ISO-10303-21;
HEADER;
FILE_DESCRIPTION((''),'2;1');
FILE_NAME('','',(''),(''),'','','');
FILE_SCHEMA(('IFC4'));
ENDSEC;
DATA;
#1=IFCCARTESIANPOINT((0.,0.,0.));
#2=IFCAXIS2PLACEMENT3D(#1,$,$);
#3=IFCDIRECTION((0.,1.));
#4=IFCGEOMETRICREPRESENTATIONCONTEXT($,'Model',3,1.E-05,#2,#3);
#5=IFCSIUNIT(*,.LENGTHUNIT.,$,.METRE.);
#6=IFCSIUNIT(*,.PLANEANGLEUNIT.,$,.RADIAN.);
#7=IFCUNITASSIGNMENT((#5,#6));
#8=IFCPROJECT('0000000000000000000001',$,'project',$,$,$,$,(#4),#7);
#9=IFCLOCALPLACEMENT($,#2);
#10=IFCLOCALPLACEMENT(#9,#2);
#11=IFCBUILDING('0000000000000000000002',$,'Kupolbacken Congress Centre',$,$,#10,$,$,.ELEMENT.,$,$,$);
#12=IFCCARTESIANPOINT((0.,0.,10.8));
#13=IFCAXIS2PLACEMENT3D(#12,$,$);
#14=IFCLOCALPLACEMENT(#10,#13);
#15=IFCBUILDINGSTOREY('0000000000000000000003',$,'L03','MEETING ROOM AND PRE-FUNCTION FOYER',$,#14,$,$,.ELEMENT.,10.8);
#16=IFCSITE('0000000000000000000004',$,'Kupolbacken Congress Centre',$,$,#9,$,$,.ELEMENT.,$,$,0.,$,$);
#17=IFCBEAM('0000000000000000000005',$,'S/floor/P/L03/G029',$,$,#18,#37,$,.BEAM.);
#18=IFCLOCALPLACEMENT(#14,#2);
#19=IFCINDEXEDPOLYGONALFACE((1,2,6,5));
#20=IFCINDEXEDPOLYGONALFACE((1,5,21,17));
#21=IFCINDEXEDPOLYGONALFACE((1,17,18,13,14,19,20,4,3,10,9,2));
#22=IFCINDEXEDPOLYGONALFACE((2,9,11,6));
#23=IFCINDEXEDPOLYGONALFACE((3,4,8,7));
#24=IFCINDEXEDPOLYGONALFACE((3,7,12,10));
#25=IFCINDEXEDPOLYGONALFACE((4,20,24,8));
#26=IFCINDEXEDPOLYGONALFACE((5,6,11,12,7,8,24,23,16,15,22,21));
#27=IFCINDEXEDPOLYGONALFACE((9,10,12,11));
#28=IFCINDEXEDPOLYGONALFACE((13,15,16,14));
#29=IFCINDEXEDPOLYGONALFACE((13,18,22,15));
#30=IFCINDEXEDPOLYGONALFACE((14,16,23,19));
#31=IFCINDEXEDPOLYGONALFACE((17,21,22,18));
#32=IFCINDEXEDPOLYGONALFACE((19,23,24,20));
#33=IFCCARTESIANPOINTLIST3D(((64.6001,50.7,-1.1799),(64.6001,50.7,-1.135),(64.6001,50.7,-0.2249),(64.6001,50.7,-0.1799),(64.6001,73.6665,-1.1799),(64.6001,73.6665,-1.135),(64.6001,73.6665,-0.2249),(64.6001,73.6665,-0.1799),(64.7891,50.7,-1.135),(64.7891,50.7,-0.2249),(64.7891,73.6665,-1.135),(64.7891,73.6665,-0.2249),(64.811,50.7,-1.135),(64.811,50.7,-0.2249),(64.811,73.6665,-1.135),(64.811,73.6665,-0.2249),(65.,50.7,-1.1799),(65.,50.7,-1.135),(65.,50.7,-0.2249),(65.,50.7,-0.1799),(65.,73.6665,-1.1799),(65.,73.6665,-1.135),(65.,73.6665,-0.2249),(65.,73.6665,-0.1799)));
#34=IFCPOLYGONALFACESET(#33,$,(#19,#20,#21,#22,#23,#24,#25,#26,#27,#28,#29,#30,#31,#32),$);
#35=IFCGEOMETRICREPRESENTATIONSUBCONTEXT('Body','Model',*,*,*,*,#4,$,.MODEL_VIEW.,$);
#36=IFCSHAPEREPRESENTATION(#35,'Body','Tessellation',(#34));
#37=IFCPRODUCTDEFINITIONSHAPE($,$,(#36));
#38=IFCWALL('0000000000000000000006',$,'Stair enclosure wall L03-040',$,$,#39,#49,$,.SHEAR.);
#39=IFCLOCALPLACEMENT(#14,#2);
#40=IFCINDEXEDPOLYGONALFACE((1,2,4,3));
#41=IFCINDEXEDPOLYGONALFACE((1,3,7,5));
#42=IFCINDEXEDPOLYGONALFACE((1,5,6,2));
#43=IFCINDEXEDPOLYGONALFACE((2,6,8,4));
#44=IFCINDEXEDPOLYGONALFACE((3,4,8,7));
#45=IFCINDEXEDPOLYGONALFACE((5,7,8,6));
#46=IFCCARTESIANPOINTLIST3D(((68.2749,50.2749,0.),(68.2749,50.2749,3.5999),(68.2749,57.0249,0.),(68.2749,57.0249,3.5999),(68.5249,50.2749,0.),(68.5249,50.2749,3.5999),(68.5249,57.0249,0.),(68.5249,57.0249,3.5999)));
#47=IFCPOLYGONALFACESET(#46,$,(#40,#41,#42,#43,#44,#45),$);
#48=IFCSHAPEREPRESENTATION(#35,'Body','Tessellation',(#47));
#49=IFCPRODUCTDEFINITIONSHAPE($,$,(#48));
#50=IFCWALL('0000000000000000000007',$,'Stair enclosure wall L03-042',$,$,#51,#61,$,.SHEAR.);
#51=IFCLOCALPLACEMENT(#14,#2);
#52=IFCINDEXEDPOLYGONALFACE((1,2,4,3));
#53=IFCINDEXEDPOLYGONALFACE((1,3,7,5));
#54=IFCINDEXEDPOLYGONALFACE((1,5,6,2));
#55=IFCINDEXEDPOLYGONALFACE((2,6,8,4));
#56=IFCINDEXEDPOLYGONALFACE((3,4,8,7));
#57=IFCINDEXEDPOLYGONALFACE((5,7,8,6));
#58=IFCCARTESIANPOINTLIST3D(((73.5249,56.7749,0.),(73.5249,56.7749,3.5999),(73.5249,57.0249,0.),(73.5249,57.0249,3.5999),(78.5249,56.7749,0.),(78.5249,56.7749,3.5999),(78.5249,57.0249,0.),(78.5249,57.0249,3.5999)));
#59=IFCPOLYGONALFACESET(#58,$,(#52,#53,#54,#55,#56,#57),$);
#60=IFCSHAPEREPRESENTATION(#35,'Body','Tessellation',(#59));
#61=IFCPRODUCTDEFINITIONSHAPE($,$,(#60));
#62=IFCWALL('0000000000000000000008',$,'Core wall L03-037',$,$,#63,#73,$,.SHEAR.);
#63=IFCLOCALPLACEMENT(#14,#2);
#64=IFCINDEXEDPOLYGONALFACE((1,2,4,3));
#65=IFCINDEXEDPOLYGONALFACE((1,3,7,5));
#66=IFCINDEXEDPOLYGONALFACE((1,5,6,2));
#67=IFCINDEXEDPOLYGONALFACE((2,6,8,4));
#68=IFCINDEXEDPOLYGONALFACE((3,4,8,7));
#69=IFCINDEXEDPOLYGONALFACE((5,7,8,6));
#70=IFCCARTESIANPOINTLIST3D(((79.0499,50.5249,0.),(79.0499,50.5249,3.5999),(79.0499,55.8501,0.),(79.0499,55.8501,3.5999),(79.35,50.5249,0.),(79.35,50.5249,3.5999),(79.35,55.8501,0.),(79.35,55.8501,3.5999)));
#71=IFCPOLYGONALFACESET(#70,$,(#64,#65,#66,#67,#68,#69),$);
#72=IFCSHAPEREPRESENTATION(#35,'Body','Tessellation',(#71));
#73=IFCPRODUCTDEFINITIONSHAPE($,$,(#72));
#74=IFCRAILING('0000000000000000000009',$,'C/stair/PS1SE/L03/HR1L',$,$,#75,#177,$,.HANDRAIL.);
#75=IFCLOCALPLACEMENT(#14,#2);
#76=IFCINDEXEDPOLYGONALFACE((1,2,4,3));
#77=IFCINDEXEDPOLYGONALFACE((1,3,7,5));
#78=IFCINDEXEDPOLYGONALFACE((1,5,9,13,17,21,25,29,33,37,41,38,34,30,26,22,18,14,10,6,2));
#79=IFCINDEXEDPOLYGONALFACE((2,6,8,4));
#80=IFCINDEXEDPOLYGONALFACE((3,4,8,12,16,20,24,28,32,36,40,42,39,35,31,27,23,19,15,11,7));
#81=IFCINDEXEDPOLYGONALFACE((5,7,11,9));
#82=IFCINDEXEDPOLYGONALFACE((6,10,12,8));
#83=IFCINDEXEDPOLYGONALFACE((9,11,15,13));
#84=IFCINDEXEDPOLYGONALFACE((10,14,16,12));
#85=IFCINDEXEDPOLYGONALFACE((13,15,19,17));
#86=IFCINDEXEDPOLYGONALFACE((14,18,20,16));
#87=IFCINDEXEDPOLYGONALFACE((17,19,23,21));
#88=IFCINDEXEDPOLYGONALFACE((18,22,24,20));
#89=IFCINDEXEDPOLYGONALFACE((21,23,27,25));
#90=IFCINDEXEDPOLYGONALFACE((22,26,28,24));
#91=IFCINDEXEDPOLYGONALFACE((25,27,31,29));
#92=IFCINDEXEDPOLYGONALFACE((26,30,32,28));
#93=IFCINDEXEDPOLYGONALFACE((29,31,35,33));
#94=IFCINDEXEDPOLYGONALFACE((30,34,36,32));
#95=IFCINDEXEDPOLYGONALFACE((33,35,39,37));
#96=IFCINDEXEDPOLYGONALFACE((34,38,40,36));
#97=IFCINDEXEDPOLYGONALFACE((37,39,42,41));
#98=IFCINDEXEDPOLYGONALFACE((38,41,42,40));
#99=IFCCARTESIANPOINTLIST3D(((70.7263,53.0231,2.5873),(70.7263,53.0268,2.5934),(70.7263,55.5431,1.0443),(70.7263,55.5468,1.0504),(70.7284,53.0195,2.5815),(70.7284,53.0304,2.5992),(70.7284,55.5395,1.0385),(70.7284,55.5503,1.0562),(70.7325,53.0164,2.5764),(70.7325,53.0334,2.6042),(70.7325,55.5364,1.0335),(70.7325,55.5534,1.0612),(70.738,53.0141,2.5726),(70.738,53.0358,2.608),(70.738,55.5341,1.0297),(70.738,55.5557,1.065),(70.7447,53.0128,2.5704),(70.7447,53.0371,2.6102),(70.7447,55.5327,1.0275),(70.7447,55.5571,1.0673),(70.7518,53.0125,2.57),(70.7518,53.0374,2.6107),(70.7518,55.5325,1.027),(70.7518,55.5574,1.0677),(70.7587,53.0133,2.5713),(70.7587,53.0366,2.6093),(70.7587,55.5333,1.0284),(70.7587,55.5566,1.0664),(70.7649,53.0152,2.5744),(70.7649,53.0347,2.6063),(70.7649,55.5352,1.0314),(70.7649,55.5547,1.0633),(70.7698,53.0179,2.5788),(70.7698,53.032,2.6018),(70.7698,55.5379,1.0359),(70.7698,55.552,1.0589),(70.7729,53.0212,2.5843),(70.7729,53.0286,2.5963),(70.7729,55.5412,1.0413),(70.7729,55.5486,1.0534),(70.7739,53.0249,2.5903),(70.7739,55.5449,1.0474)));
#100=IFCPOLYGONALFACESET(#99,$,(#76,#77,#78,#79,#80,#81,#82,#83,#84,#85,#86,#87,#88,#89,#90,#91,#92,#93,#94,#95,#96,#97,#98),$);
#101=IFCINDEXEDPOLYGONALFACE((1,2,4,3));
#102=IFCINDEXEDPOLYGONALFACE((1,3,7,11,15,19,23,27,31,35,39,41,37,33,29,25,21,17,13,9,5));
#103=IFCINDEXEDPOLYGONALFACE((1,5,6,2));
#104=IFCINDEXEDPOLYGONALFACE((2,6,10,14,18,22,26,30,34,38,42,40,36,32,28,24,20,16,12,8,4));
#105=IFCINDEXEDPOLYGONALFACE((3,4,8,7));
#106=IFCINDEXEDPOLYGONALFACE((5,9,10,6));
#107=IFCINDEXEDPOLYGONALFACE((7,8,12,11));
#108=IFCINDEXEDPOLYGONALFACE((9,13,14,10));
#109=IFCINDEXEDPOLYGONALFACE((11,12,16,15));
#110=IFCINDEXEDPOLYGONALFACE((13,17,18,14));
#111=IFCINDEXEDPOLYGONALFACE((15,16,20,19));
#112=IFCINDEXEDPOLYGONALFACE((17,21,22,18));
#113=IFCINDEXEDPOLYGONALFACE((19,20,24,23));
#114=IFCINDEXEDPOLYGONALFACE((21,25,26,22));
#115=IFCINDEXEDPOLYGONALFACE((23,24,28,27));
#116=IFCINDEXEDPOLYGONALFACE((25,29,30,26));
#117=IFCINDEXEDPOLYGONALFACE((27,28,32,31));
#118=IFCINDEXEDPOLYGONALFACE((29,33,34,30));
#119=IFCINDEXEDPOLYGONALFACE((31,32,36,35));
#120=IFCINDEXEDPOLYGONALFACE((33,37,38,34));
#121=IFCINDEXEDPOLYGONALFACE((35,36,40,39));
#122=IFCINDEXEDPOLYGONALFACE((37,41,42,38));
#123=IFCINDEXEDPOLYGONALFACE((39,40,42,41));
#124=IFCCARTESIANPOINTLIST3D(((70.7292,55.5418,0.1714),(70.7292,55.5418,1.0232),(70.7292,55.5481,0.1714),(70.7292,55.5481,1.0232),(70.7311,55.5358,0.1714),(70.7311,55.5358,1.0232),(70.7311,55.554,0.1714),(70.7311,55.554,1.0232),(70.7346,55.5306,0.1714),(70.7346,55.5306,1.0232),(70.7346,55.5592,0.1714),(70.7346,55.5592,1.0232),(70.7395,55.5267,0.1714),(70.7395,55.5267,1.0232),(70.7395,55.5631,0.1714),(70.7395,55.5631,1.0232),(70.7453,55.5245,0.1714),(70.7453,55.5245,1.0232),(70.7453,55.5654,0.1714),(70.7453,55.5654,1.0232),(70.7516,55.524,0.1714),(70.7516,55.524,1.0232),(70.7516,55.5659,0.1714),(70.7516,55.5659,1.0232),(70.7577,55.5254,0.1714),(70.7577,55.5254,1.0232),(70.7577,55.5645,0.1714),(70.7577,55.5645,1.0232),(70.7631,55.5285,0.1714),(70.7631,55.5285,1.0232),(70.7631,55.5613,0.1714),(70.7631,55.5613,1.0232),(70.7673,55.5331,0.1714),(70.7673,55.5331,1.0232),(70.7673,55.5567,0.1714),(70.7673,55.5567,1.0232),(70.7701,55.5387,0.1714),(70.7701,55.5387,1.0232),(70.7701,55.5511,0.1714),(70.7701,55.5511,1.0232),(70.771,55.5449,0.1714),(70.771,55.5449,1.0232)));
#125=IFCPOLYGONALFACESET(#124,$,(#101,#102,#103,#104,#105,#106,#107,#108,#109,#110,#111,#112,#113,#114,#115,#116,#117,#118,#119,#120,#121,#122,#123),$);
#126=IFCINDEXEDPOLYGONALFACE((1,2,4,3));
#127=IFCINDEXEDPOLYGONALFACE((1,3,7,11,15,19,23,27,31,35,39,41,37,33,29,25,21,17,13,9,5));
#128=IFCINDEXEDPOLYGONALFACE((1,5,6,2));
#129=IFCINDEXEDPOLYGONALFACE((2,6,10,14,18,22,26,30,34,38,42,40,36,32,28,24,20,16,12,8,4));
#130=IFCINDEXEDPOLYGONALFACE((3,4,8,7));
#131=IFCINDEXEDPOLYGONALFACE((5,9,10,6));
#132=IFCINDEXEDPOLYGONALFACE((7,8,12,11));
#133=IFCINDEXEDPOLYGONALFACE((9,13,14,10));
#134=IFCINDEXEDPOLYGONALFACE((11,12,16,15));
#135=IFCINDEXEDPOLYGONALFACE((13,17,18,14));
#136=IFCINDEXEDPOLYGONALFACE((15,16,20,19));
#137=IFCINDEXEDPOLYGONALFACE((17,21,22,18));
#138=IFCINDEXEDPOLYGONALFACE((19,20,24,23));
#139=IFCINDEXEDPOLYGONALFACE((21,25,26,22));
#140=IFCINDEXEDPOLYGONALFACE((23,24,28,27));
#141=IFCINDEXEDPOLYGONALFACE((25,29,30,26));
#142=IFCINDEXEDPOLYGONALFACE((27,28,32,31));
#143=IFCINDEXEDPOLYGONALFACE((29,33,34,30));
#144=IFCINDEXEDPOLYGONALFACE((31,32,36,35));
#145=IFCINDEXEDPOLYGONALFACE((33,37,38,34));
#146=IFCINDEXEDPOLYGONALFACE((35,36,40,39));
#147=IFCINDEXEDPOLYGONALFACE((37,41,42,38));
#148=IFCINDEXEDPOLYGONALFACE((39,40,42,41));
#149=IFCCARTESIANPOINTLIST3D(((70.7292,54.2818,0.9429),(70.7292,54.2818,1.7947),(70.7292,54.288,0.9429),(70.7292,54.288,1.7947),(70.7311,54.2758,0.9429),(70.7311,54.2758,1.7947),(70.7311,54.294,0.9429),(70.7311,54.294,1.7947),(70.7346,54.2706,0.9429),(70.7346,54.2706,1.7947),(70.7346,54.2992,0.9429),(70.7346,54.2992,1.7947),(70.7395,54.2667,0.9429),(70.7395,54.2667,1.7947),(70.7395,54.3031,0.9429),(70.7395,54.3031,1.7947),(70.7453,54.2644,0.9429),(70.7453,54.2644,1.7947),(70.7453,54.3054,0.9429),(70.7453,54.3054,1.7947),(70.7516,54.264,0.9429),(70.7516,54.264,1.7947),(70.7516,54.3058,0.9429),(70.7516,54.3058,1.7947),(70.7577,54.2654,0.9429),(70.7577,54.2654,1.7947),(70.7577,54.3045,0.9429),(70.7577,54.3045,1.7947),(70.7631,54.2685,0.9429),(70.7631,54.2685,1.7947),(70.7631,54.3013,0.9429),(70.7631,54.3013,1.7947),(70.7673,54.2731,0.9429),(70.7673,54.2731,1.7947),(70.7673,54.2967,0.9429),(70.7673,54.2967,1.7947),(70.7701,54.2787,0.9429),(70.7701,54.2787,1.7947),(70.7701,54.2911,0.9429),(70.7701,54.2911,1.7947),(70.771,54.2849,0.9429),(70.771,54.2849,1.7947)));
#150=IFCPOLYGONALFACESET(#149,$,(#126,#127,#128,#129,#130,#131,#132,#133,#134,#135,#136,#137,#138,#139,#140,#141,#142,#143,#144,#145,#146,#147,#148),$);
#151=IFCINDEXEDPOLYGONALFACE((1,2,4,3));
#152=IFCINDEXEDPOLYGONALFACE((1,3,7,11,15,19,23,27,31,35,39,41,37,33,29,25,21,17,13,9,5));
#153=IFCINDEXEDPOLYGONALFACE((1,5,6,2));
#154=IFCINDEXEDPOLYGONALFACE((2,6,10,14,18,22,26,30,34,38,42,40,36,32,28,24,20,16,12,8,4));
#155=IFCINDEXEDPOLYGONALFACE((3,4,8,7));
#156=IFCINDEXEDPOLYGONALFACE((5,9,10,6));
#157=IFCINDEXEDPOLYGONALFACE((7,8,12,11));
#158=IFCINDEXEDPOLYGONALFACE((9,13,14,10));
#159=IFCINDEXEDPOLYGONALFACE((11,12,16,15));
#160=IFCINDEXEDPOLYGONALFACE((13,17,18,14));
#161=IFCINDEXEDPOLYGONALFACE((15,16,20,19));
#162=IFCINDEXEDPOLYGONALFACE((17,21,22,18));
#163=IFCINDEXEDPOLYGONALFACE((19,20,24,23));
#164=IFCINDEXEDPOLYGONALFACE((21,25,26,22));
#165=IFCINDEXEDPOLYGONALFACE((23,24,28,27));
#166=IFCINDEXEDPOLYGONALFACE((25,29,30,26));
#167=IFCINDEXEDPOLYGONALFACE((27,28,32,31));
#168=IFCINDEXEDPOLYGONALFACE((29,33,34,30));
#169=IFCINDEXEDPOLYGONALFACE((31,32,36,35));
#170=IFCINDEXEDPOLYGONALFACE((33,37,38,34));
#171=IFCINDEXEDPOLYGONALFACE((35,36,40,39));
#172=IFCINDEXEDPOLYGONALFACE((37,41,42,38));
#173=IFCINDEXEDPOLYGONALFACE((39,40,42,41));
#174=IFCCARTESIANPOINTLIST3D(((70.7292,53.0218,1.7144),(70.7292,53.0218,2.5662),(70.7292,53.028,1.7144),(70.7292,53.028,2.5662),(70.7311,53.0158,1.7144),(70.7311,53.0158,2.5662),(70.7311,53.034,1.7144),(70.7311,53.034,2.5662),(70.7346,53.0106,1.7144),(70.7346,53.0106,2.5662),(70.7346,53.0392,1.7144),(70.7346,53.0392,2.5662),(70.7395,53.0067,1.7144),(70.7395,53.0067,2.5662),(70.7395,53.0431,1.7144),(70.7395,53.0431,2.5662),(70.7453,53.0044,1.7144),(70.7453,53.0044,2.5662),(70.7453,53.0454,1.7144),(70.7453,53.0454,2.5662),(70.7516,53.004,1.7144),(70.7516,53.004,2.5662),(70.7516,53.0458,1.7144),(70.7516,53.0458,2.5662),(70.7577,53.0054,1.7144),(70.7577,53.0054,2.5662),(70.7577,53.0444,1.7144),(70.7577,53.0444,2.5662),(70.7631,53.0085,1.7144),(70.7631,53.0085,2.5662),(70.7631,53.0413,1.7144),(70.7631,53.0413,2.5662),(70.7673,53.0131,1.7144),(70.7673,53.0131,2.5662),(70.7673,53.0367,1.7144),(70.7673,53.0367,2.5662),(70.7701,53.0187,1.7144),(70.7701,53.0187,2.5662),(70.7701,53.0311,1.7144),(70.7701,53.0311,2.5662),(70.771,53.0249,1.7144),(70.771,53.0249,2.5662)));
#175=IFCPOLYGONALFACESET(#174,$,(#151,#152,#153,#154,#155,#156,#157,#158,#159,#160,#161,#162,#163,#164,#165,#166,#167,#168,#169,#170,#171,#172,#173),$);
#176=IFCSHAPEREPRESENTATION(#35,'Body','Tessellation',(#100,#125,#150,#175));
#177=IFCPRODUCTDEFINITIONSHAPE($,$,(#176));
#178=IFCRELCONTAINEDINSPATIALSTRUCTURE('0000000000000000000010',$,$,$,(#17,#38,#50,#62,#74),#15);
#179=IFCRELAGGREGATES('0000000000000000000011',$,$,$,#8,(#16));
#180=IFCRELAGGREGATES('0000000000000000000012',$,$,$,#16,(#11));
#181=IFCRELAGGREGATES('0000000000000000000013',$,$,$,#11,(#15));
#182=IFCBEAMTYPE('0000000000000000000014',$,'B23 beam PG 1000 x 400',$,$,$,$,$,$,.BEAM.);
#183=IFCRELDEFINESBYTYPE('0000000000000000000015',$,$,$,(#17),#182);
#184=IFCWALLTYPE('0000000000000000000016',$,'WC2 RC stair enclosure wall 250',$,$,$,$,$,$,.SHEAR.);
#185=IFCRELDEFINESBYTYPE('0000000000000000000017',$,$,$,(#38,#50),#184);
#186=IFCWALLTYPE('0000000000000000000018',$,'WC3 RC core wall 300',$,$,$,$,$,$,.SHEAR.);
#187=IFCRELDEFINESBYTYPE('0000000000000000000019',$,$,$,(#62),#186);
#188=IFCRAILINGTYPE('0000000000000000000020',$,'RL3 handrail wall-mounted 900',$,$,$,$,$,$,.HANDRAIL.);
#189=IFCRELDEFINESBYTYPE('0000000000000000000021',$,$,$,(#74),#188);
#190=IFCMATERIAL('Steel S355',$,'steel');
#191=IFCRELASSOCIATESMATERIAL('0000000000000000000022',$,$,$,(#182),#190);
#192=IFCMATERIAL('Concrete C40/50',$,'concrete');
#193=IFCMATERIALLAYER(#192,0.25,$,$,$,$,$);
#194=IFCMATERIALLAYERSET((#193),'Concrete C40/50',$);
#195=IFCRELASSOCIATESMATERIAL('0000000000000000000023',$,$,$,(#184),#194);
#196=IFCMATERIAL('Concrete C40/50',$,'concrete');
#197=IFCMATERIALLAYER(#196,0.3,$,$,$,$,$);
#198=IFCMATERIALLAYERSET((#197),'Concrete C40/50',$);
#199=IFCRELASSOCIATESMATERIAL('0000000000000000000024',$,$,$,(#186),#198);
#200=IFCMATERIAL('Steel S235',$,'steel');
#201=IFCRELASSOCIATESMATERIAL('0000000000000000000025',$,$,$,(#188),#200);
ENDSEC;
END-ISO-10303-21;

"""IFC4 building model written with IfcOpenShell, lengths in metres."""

from ifc_helpers import new_model, si_unit, direction, frame, frame_2d, origin, origin_2d, place, context, subcontext, project, spatial, rectangle, circle, i_section, extrude, material, layer, layer_set, material_profile, profile_set, type_object, element, save


model = new_model("IFC4")

# Units and contexts
model_context = context("Model", 3, precision=1e-05, world=origin(), true_north=direction((0.0, 1.0)))
body_context = subcontext(model_context, "Body", "Model", "MODEL_VIEW")
ifc_project = project(units=[si_unit("LENGTHUNIT", "METRE"), si_unit("PLANEANGLEUNIT", "RADIAN")], contexts=[model_context])

# Site, building, storey
site_placement = place(None, origin())
site = spatial("IfcSite", under=ifc_project, at=site_placement, Name="Kupolbacken Congress Centre", CompositionType="ELEMENT", RefElevation=0.0)
building_placement = place(site_placement, origin())
building = spatial("IfcBuilding", under=site, at=building_placement, Name="Kupolbacken Congress Centre", CompositionType="ELEMENT")
storey_placement = place(building_placement, frame((0.0, 0.0, 10.8)))
storey = spatial("IfcBuildingStorey", under=building, at=storey_placement, Name="L03", Description="MEETING ROOM AND PRE-FUNCTION FOYER", CompositionType="ELEMENT", Elevation=10.8)

# Beam
ifc_material_1 = material(Name="Steel S355", Category="steel")
ifc_material_profile_1 = material_profile(ifc_material_1, i_section(OverallWidth=0.3999, OverallDepth=1.0, WebThickness=0.022, FlangeThickness=0.0449, at=origin_2d()), Name="PG 1000 x 400")
ifc_profile_set_1 = profile_set([ifc_material_profile_1], Name="Steel S355")
beam_type_1 = type_object("IfcBeamType", Name="B23 beam PG 1000 x 400", PredefinedType="BEAM", material=ifc_profile_set_1)
beam_1_placement = place(storey_placement, frame((64.8, 50.7, -0.6799), z_axis=(0.0, 1.0, 0.0), x_axis=(-1.0, 0.0, 0.0)))
element("IfcBeam", 1, at=beam_1_placement, inside=storey, type_object=beam_type_1, Name="S/floor/P/L03/G029", PredefinedType="BEAM", context=body_context, shape_type="SweptSolid", body=[
    extrude(i_section(OverallWidth=0.3999, OverallDepth=1.0, WebThickness=0.022, FlangeThickness=0.0449, at=origin_2d()), origin(), (0.0, 0.0, 1.0), 22.9666),
])

# Wall
ifc_material_2 = material(Name="Concrete C40/50", Category="concrete")
ifc_layer_1 = layer(ifc_material_2, 0.25)
ifc_layer_set_1 = layer_set([ifc_layer_1], Name="Concrete C40/50")
wall_type_1 = type_object("IfcWallType", Name="WC2 RC stair enclosure wall 250", PredefinedType="SHEAR", material=ifc_layer_set_1)
wall_1_placement = place(storey_placement, frame((68.3999, 57.0249, 0.0), z_axis=(0.0, 0.0, 1.0), x_axis=(0.0, -1.0, 0.0)))
element("IfcWall", 2, at=wall_1_placement, inside=storey, type_object=wall_type_1, Name="Stair enclosure wall L03-040", PredefinedType="SHEAR", context=body_context, shape_type="SweptSolid", body=[
    extrude(rectangle(XDim=6.75, YDim=0.25, at=frame_2d((3.375, 0.0))), origin(), (0.0, 0.0, 1.0), 3.5999),
])

# Walls
wall_2_placement = place(storey_placement, frame((78.5249, 56.8999, 0.0), z_axis=(0.0, 0.0, 1.0), x_axis=(-1.0, 0.0, 0.0)))
element("IfcWall", 3, at=wall_2_placement, inside=storey, type_object=wall_type_1, Name="Stair enclosure wall L03-042", PredefinedType="SHEAR", context=body_context, shape_type="SweptSolid", body=[
    extrude(rectangle(XDim=5.0, YDim=0.25, at=frame_2d((2.5, 0.0))), origin(), (0.0, 0.0, 1.0), 3.5999),
])
ifc_material_3 = material(Name="Concrete C40/50", Category="concrete")
ifc_layer_2 = layer(ifc_material_3, 0.3)
ifc_layer_set_2 = layer_set([ifc_layer_2], Name="Concrete C40/50")
wall_type_2 = type_object("IfcWallType", Name="WC3 RC core wall 300", PredefinedType="SHEAR", material=ifc_layer_set_2)
wall_3_placement = place(storey_placement, frame((79.2, 55.8501, 0.0), z_axis=(0.0, 0.0, 1.0), x_axis=(0.0, -1.0, 0.0)))
element("IfcWall", 4, at=wall_3_placement, inside=storey, type_object=wall_type_2, Name="Core wall L03-037", PredefinedType="SHEAR", context=body_context, shape_type="SweptSolid", body=[
    extrude(rectangle(XDim=5.3252, YDim=0.3, at=frame_2d((2.6626, 0.0))), origin(), (0.0, 0.0, 1.0), 3.5999),
])

# Railing
ifc_material_4 = material(Name="Steel S235", Category="steel")
railing_type = type_object("IfcRailingType", Name="RL3 handrail wall-mounted 900", PredefinedType="HANDRAIL", material=ifc_material_4)
for number, where, name in (
    (5, (70.75, 55.5449, 0.1714), "C/stair/PS1SE/L03/HR1L"),
):
    element("IfcRailing", number, at=place(storey_placement, frame(where)), inside=storey, type_object=railing_type, Name=name, PredefinedType="HANDRAIL", context=body_context, shape_type="SweptSolid", body=[
        extrude(circle(Radius=0.0239, at=origin_2d()), frame((0.0, 0.0, 0.876), z_axis=(0.0, -0.852836, 0.522178), x_axis=(1.0, 0.0, 0.0)), (0.0, 0.0, 1.0), 2.9548),
        extrude(circle(Radius=0.021, at=origin_2d()), origin(), (0.0, 0.0, 1.0), 0.8518),
        extrude(circle(Radius=0.021, at=origin_2d()), frame((0.0, -1.26, 0.7715)), (0.0, 0.0, 1.0), 0.8518),
        extrude(circle(Radius=0.021, at=origin_2d()), frame((0.0, -2.52, 1.543)), (0.0, 0.0, 1.0), 0.8518),
    ])

save(model, "model.ifc")
